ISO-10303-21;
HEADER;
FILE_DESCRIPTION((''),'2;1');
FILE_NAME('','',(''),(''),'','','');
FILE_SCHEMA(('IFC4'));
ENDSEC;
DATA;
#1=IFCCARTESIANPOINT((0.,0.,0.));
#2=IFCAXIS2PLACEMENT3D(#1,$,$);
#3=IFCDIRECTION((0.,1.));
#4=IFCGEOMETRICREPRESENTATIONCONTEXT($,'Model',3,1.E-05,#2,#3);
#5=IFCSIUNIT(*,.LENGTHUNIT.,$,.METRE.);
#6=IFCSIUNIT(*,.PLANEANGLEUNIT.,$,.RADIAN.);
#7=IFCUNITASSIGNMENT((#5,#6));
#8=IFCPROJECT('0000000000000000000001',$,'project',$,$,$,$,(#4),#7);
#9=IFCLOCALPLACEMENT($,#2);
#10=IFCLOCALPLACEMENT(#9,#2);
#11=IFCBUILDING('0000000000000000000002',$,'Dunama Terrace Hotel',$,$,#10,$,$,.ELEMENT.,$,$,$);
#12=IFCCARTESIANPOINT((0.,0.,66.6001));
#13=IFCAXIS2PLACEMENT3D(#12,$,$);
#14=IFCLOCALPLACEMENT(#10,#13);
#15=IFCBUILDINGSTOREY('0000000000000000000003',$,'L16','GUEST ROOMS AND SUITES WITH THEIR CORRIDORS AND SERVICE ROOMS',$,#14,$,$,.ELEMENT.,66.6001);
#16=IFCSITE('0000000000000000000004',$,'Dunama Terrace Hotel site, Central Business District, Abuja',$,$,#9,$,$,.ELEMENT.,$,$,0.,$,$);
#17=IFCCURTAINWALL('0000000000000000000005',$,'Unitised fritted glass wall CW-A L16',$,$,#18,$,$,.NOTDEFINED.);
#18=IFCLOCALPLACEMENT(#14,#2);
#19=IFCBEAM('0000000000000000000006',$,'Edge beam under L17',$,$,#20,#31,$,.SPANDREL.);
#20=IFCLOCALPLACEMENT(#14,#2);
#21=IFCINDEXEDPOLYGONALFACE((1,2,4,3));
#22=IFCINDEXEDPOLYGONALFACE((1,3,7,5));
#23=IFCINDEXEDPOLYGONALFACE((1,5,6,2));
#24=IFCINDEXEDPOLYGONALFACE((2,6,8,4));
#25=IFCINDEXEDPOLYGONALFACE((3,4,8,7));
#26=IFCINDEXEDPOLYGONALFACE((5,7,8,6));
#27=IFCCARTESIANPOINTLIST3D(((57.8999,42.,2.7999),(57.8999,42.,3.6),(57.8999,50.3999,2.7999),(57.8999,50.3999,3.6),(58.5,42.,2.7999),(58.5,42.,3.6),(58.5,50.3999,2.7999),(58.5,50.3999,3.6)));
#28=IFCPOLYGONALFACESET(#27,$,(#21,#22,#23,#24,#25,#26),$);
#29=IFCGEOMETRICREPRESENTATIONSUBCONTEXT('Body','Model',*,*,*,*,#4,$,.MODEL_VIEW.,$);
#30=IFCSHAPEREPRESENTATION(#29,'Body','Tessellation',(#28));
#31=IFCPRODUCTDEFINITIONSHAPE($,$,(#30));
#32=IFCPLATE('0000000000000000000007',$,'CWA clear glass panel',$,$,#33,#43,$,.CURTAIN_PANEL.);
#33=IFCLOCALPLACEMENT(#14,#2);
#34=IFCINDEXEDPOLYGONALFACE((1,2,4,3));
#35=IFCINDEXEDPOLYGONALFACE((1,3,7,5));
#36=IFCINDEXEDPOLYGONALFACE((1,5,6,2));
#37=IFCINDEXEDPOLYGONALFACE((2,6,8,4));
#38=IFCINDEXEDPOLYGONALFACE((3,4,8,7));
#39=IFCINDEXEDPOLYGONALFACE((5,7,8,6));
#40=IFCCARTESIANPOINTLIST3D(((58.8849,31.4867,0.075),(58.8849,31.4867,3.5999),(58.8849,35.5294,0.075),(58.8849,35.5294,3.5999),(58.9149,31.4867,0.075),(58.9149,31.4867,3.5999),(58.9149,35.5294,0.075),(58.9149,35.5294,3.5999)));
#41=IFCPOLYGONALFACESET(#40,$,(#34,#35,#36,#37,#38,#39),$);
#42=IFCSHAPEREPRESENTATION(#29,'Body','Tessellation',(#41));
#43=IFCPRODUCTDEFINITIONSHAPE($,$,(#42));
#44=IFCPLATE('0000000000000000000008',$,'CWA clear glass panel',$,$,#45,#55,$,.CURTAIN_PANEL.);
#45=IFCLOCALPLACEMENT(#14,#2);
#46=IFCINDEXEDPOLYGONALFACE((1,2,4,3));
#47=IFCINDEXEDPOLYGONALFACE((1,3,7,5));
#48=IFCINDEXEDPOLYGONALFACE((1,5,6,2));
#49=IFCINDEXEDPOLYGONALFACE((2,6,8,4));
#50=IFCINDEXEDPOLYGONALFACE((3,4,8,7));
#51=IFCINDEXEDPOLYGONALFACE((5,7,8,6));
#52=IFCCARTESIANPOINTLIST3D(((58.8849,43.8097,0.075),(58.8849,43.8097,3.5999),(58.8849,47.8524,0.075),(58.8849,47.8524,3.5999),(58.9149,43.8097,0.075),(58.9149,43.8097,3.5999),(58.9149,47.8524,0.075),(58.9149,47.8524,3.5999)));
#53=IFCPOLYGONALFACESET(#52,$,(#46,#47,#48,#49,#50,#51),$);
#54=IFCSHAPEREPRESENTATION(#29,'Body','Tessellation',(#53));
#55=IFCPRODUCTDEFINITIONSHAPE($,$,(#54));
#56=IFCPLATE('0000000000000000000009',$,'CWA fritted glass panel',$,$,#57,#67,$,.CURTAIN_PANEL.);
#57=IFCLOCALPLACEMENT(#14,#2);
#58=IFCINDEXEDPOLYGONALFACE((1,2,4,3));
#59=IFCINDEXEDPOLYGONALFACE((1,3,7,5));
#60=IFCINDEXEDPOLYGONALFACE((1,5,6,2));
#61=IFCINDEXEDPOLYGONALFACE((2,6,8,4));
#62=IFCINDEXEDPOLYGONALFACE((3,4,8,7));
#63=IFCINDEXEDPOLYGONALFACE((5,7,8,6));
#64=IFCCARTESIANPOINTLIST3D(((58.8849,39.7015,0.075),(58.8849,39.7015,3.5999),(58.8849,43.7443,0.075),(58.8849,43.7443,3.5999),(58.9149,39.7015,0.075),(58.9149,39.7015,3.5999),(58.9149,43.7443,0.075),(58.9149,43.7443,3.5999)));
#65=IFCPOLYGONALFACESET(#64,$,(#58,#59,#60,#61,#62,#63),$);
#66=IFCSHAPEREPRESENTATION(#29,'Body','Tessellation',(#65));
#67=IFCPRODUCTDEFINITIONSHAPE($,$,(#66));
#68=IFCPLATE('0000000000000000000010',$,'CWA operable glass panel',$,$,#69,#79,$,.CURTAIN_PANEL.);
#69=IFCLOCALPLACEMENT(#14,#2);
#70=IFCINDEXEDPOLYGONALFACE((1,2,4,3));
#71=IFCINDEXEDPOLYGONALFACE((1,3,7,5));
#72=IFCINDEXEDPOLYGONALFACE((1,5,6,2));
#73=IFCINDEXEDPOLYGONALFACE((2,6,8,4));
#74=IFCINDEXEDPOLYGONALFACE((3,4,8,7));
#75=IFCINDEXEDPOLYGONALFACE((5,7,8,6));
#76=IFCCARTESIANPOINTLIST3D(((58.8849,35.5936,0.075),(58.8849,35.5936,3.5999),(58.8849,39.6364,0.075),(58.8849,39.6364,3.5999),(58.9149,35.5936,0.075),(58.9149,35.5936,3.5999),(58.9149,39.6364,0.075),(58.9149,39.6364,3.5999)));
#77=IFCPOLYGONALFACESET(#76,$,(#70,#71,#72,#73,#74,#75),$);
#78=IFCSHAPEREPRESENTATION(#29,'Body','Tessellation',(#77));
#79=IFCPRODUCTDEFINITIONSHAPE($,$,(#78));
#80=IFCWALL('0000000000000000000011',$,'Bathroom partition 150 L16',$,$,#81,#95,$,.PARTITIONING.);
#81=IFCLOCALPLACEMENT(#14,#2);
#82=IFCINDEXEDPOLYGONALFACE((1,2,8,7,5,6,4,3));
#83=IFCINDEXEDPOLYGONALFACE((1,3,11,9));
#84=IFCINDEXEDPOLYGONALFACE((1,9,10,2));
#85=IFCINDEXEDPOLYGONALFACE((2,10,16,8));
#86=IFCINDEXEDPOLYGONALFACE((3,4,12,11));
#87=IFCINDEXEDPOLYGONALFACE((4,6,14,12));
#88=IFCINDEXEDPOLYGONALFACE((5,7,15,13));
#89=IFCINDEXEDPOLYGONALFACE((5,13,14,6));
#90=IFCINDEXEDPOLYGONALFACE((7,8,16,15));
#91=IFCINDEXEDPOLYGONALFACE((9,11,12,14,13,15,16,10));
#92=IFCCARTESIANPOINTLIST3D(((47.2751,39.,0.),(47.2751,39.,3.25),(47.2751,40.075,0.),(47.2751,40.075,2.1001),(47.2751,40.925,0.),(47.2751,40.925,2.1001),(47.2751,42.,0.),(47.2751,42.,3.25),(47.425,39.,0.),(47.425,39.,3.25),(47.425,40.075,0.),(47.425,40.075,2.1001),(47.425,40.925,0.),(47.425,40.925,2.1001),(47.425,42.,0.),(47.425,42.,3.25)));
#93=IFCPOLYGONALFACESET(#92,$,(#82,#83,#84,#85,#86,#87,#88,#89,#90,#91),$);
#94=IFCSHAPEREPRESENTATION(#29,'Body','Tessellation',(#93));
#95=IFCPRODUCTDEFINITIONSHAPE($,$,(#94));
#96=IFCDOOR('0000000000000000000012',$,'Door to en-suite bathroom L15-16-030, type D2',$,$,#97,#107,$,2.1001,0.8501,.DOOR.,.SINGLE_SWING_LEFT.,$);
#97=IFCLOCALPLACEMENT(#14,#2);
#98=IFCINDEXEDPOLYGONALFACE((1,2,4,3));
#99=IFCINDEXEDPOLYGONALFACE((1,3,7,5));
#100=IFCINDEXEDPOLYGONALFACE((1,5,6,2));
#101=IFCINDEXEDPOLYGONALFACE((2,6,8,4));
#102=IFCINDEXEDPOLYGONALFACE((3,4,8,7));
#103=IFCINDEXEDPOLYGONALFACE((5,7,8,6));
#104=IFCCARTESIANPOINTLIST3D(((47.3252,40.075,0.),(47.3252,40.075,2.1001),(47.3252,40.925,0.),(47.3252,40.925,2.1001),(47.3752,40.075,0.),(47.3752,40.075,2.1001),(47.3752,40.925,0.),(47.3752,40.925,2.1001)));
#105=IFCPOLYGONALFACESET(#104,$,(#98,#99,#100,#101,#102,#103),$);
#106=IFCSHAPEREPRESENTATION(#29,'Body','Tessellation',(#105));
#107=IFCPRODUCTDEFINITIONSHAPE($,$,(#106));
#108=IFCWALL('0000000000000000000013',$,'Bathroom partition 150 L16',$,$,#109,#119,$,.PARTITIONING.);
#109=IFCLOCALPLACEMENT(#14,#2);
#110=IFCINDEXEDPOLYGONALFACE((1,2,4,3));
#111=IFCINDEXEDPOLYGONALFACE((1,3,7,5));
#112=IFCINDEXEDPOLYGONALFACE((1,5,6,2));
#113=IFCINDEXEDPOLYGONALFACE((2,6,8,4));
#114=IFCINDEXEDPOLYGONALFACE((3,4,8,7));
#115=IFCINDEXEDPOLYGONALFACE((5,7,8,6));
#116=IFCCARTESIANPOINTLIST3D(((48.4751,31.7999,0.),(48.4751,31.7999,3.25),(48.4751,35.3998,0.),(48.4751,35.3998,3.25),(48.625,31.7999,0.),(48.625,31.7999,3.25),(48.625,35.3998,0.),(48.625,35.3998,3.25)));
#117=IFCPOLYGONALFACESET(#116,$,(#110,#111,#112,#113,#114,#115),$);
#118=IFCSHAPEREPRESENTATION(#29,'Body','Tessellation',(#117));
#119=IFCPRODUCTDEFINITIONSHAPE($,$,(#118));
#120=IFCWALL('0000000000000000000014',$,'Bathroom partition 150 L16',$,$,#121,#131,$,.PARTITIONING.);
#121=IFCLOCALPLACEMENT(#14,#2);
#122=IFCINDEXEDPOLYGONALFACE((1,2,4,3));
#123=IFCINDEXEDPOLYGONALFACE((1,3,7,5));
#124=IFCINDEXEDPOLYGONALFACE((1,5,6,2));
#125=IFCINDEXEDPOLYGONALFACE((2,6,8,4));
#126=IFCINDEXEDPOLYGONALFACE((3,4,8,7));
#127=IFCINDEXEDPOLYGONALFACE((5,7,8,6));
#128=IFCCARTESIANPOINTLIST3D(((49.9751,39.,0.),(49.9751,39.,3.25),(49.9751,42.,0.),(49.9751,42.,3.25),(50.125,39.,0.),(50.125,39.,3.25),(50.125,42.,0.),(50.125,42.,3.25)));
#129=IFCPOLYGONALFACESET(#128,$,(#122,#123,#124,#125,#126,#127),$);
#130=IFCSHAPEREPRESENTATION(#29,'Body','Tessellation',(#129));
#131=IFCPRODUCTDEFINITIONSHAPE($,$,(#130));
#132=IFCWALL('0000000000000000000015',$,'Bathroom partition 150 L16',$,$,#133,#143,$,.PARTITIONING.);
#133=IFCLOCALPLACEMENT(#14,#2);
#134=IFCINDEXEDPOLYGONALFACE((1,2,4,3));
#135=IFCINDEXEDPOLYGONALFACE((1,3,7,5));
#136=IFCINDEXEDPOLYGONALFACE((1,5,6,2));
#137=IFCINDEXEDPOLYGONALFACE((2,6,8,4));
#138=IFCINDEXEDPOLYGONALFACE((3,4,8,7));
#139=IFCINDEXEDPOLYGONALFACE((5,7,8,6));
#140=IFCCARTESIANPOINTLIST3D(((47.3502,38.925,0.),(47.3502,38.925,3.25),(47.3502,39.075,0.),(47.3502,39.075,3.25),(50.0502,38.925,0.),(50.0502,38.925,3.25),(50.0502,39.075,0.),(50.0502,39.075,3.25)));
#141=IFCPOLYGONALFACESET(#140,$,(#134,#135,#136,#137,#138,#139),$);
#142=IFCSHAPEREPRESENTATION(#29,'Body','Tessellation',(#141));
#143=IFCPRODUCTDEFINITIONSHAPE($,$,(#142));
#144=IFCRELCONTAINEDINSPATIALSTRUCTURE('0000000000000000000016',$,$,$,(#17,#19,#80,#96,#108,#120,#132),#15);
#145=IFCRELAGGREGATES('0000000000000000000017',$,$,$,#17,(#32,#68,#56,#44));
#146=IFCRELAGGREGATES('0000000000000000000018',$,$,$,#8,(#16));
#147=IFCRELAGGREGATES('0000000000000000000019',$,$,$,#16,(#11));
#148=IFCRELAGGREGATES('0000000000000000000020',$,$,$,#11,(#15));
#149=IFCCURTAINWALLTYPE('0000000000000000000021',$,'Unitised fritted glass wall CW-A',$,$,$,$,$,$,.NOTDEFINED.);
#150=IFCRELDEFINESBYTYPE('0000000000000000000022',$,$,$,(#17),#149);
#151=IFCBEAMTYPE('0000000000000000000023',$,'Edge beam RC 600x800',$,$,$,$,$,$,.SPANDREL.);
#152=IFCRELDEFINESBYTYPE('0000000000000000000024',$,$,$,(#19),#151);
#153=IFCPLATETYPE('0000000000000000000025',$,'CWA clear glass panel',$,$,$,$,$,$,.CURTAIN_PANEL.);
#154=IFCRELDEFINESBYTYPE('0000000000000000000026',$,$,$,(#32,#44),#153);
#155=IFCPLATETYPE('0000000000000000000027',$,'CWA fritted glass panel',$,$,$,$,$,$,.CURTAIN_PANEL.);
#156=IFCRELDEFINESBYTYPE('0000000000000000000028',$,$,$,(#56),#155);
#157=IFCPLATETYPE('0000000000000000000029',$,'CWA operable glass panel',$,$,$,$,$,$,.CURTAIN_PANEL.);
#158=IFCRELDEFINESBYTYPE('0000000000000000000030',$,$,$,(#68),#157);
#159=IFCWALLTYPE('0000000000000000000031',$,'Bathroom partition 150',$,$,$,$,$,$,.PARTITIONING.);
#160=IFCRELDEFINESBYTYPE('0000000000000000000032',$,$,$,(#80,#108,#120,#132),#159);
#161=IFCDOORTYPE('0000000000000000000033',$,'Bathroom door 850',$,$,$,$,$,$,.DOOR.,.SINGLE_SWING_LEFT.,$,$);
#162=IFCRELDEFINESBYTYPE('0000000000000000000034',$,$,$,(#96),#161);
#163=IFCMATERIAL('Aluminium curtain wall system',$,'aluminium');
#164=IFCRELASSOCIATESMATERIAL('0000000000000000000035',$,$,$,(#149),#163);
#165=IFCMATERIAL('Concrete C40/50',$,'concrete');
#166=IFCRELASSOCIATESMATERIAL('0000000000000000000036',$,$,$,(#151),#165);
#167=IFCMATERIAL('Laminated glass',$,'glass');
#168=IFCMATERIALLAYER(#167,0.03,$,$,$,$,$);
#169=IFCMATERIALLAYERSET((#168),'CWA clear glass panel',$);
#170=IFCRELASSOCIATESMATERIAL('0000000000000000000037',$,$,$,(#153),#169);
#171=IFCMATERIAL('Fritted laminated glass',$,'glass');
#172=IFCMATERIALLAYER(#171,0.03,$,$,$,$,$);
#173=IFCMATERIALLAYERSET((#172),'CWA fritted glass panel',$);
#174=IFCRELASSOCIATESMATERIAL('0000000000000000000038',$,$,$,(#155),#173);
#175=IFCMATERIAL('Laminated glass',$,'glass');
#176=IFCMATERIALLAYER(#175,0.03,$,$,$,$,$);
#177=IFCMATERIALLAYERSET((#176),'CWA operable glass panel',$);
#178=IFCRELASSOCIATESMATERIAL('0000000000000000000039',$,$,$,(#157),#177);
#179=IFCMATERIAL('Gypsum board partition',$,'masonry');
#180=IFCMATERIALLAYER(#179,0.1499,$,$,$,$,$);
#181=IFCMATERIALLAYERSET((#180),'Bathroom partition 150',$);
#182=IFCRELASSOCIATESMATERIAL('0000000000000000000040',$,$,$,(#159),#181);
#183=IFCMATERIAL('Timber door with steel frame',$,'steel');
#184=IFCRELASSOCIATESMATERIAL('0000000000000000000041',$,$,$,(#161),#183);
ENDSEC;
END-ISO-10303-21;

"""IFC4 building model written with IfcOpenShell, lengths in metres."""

from ifc_helpers import new_model, si_unit, direction, frame, frame_2d, origin, origin_2d, place, context, subcontext, project, spatial, rectangle, extrude, material, layer, layer_set, material_profile, profile_set, type_object, element, fill, aggregate, save


model = new_model("IFC4")

# Units and contexts
model_context = context("Model", 3, precision=1e-05, world=origin(), true_north=direction((0.0, 1.0)))
body_context = subcontext(model_context, "Body", "Model", "MODEL_VIEW")
ifc_project = project(units=[si_unit("LENGTHUNIT", "METRE"), si_unit("PLANEANGLEUNIT", "RADIAN")], contexts=[model_context])

# Site, building, storey
site_placement = place(None, origin())
site = spatial("IfcSite", under=ifc_project, at=site_placement, Name="Dunama Terrace Hotel site, Central Business District, Abuja", CompositionType="ELEMENT", RefElevation=0.0)
building_placement = place(site_placement, origin())
building = spatial("IfcBuilding", under=site, at=building_placement, Name="Dunama Terrace Hotel", CompositionType="ELEMENT")
storey_placement = place(building_placement, frame((0.0, 0.0, 66.6001)))
storey = spatial("IfcBuildingStorey", under=building, at=storey_placement, Name="L16", Description="GUEST ROOMS AND SUITES WITH THEIR CORRIDORS AND SERVICE ROOMS", CompositionType="ELEMENT", Elevation=66.6001)

# Curtain wall
ifc_material_1 = material(Name="Aluminium curtain wall system", Category="aluminium")
curtain_wall_type = type_object("IfcCurtainWallType", Name="Unitised fritted glass wall CW-A", PredefinedType="NOTDEFINED", material=ifc_material_1)
curtain_wall_placement = place(storey_placement, origin())
curtain_wall = element("IfcCurtainWall", 1, at=curtain_wall_placement, inside=storey, type_object=curtain_wall_type, Name="Unitised fritted glass wall CW-A L16", PredefinedType="NOTDEFINED")

# Beam
ifc_material_2 = material(Name="Concrete C40/50", Category="concrete")
ifc_material_profile_1 = material_profile(ifc_material_2, rectangle(XDim=0.6001, YDim=0.8, at=origin_2d()), Name="RC 600x800")
ifc_profile_set_1 = profile_set([ifc_material_profile_1], Name="Concrete C40/50")
beam_type = type_object("IfcBeamType", Name="Edge beam RC 600x800", PredefinedType="SPANDREL", material=ifc_profile_set_1)
for number, where, z_axis, x_axis, name in (
    (2, (58.2, 42.0, 3.2), (0.0, 1.0, 0.0), (-1.0, 0.0, 0.0), "Edge beam under L17"),
):
    element("IfcBeam", number, at=place(storey_placement, frame(where, z_axis=z_axis, x_axis=x_axis)), inside=storey, type_object=beam_type, Name=name, PredefinedType="SPANDREL", context=body_context, shape_type="SweptSolid", body=[
        extrude(rectangle(XDim=0.6001, YDim=0.8, at=origin_2d()), origin(), (0.0, 0.0, 1.0), 8.3999),
    ])

# Plates
ifc_material_3 = material(Name="Laminated glass", Category="glass")
ifc_layer_1 = layer(ifc_material_3, 0.03)
ifc_layer_set_1 = layer_set([ifc_layer_1], Name="CWA clear glass panel")
plate_type_1 = type_object("IfcPlateType", Name="CWA clear glass panel", PredefinedType="CURTAIN_PANEL", material=ifc_layer_set_1)
plate_1_placement = place(storey_placement, frame((58.8999, 33.5081, 0.075), z_axis=(0.0, 0.0, 1.0), x_axis=(0.0, 1.0, 0.0)))
plate_1 = element("IfcPlate", 3, at=plate_1_placement, type_object=plate_type_1, Name="CWA clear glass panel", PredefinedType="CURTAIN_PANEL", context=body_context, shape_type="SweptSolid", body=[
    extrude(rectangle(XDim=4.0427, YDim=0.03, at=origin_2d()), origin(), (0.0, 0.0, 1.0), 3.5249),
])
plate_2_placement = place(storey_placement, frame((58.8999, 45.8311, 0.075), z_axis=(0.0, 0.0, 1.0), x_axis=(0.0, 1.0, 0.0)))
plate_2 = element("IfcPlate", 4, at=plate_2_placement, type_object=plate_type_1, Name="CWA clear glass panel", PredefinedType="CURTAIN_PANEL", context=body_context, shape_type="SweptSolid", body=[
    extrude(rectangle(XDim=4.0427, YDim=0.03, at=origin_2d()), origin(), (0.0, 0.0, 1.0), 3.5249),
])
ifc_material_4 = material(Name="Fritted laminated glass", Category="glass")
ifc_layer_2 = layer(ifc_material_4, 0.03)
ifc_layer_set_2 = layer_set([ifc_layer_2], Name="CWA fritted glass panel")
plate_type_2 = type_object("IfcPlateType", Name="CWA fritted glass panel", PredefinedType="CURTAIN_PANEL", material=ifc_layer_set_2)
plate_3_placement = place(storey_placement, frame((58.8999, 41.7229, 0.075), z_axis=(0.0, 0.0, 1.0), x_axis=(0.0, 1.0, 0.0)))
plate_3 = element("IfcPlate", 5, at=plate_3_placement, type_object=plate_type_2, Name="CWA fritted glass panel", PredefinedType="CURTAIN_PANEL", context=body_context, shape_type="SweptSolid", body=[
    extrude(rectangle(XDim=4.0427, YDim=0.03, at=origin_2d()), origin(), (0.0, 0.0, 1.0), 3.5249),
])
ifc_material_5 = material(Name="Laminated glass", Category="glass")
ifc_layer_3 = layer(ifc_material_5, 0.03)
ifc_layer_set_3 = layer_set([ifc_layer_3], Name="CWA operable glass panel")
plate_type_3 = type_object("IfcPlateType", Name="CWA operable glass panel", PredefinedType="CURTAIN_PANEL", material=ifc_layer_set_3)
plate_4_placement = place(storey_placement, frame((58.8999, 37.615, 0.075), z_axis=(0.0, 0.0, 1.0), x_axis=(0.0, 1.0, 0.0)))
plate_4 = element("IfcPlate", 6, at=plate_4_placement, type_object=plate_type_3, Name="CWA operable glass panel", PredefinedType="CURTAIN_PANEL", context=body_context, shape_type="SweptSolid", body=[
    extrude(rectangle(XDim=4.0427, YDim=0.03, at=origin_2d()), origin(), (0.0, 0.0, 1.0), 3.5249),
])
aggregate(curtain_wall, [plate_1, plate_4, plate_3, plate_2])

# Wall, opening, door
ifc_material_6 = material(Name="Gypsum board partition", Category="masonry")
ifc_layer_4 = layer(ifc_material_6, 0.1499)
ifc_layer_set_4 = layer_set([ifc_layer_4], Name="Bathroom partition 150")
wall_type_1 = type_object("IfcWallType", Name="Bathroom partition 150", PredefinedType="PARTITIONING", material=ifc_layer_set_4)
wall_1_placement = place(storey_placement, frame((47.3501, 39.0, 0.0), z_axis=(0.0, 0.0, 1.0), x_axis=(0.0, 1.0, 0.0)))
wall_1 = element("IfcWall", 7, at=wall_1_placement, inside=storey, type_object=wall_type_1, Name="Bathroom partition 150 L16", PredefinedType="PARTITIONING", context=body_context, shape_type="SweptSolid", body=[
    extrude(rectangle(XDim=3.0, YDim=0.1499, at=frame_2d((1.5, 0.0))), origin(), (0.0, 0.0, 1.0), 3.25),
])
opening_1_placement = place(wall_1_placement, frame((1.075, 0.0, 0.0)))
opening_1 = element("IfcOpeningElement", 8, at=opening_1_placement, cuts=wall_1, PredefinedType="OPENING", context=body_context, shape_type="SweptSolid", body=[
    extrude(rectangle(XDim=0.8501, YDim=2.1001, at=frame_2d((0.425, 1.05))), frame((0.0, 0.085, 0.0), z_axis=(0.0, -1.0, 0.0), x_axis=(1.0, 0.0, 0.0)), (0.0, 0.0, 1.0), 0.1699),
])
ifc_material_7 = material(Name="Timber door with steel frame", Category="steel")
door_type_1 = type_object("IfcDoorType", Name="Bathroom door 850", OperationType="SINGLE_SWING_LEFT", PredefinedType="DOOR", material=ifc_material_7)
door_1_placement = place(opening_1_placement, frame((0.8501, 0.0, 0.0), z_axis=(0.0, 0.0, 1.0), x_axis=(-1.0, 0.0, 0.0)))
door_1 = element("IfcDoor", 9, at=door_1_placement, inside=storey, type_object=door_type_1, Name="Door to en-suite bathroom L15-16-030, type D2", OperationType="SINGLE_SWING_LEFT", OverallHeight=2.1001, OverallWidth=0.8501, PredefinedType="DOOR", context=body_context, shape_type="SweptSolid", body=[
    extrude(rectangle(XDim=0.8501, YDim=2.1001, at=frame_2d((0.425, 1.05))), frame((0.0, 0.0251, 0.0), z_axis=(0.0, -1.0, 0.0), x_axis=(1.0, 0.0, 0.0)), (0.0, 0.0, 1.0), 0.05),
])
fill(opening_1, door_1)

# Walls
wall_2_placement = place(storey_placement, frame((48.55, 31.8, 0.0), z_axis=(0.0, 0.0, 1.0), x_axis=(0.0, 1.0, 0.0)))
element("IfcWall", 10, at=wall_2_placement, inside=storey, type_object=wall_type_1, Name="Bathroom partition 150 L16", PredefinedType="PARTITIONING", context=body_context, shape_type="SweptSolid", body=[
    extrude(rectangle(XDim=3.5999, YDim=0.1499, at=frame_2d((1.7998, 0.0))), origin(), (0.0, 0.0, 1.0), 3.25),
])
wall_3_placement = place(storey_placement, frame((50.05, 39.0, 0.0), z_axis=(0.0, 0.0, 1.0), x_axis=(0.0, 1.0, 0.0)))
element("IfcWall", 11, at=wall_3_placement, inside=storey, type_object=wall_type_1, Name="Bathroom partition 150 L16", PredefinedType="PARTITIONING", context=body_context, shape_type="SweptSolid", body=[
    extrude(rectangle(XDim=3.0, YDim=0.1499, at=frame_2d((1.5, 0.0))), origin(), (0.0, 0.0, 1.0), 3.25),
])
wall_4_placement = place(storey_placement, frame((47.3501, 39.0, 0.0), z_axis=(0.0, 0.0, 1.0), x_axis=(1.0, 0.0, 0.0)))
element("IfcWall", 12, at=wall_4_placement, inside=storey, type_object=wall_type_1, Name="Bathroom partition 150 L16", PredefinedType="PARTITIONING", context=body_context, shape_type="SweptSolid", body=[
    extrude(rectangle(XDim=2.7, YDim=0.1499, at=frame_2d((1.3501, 0.0))), origin(), (0.0, 0.0, 1.0), 3.25),
])

save(model, "model.ifc")
